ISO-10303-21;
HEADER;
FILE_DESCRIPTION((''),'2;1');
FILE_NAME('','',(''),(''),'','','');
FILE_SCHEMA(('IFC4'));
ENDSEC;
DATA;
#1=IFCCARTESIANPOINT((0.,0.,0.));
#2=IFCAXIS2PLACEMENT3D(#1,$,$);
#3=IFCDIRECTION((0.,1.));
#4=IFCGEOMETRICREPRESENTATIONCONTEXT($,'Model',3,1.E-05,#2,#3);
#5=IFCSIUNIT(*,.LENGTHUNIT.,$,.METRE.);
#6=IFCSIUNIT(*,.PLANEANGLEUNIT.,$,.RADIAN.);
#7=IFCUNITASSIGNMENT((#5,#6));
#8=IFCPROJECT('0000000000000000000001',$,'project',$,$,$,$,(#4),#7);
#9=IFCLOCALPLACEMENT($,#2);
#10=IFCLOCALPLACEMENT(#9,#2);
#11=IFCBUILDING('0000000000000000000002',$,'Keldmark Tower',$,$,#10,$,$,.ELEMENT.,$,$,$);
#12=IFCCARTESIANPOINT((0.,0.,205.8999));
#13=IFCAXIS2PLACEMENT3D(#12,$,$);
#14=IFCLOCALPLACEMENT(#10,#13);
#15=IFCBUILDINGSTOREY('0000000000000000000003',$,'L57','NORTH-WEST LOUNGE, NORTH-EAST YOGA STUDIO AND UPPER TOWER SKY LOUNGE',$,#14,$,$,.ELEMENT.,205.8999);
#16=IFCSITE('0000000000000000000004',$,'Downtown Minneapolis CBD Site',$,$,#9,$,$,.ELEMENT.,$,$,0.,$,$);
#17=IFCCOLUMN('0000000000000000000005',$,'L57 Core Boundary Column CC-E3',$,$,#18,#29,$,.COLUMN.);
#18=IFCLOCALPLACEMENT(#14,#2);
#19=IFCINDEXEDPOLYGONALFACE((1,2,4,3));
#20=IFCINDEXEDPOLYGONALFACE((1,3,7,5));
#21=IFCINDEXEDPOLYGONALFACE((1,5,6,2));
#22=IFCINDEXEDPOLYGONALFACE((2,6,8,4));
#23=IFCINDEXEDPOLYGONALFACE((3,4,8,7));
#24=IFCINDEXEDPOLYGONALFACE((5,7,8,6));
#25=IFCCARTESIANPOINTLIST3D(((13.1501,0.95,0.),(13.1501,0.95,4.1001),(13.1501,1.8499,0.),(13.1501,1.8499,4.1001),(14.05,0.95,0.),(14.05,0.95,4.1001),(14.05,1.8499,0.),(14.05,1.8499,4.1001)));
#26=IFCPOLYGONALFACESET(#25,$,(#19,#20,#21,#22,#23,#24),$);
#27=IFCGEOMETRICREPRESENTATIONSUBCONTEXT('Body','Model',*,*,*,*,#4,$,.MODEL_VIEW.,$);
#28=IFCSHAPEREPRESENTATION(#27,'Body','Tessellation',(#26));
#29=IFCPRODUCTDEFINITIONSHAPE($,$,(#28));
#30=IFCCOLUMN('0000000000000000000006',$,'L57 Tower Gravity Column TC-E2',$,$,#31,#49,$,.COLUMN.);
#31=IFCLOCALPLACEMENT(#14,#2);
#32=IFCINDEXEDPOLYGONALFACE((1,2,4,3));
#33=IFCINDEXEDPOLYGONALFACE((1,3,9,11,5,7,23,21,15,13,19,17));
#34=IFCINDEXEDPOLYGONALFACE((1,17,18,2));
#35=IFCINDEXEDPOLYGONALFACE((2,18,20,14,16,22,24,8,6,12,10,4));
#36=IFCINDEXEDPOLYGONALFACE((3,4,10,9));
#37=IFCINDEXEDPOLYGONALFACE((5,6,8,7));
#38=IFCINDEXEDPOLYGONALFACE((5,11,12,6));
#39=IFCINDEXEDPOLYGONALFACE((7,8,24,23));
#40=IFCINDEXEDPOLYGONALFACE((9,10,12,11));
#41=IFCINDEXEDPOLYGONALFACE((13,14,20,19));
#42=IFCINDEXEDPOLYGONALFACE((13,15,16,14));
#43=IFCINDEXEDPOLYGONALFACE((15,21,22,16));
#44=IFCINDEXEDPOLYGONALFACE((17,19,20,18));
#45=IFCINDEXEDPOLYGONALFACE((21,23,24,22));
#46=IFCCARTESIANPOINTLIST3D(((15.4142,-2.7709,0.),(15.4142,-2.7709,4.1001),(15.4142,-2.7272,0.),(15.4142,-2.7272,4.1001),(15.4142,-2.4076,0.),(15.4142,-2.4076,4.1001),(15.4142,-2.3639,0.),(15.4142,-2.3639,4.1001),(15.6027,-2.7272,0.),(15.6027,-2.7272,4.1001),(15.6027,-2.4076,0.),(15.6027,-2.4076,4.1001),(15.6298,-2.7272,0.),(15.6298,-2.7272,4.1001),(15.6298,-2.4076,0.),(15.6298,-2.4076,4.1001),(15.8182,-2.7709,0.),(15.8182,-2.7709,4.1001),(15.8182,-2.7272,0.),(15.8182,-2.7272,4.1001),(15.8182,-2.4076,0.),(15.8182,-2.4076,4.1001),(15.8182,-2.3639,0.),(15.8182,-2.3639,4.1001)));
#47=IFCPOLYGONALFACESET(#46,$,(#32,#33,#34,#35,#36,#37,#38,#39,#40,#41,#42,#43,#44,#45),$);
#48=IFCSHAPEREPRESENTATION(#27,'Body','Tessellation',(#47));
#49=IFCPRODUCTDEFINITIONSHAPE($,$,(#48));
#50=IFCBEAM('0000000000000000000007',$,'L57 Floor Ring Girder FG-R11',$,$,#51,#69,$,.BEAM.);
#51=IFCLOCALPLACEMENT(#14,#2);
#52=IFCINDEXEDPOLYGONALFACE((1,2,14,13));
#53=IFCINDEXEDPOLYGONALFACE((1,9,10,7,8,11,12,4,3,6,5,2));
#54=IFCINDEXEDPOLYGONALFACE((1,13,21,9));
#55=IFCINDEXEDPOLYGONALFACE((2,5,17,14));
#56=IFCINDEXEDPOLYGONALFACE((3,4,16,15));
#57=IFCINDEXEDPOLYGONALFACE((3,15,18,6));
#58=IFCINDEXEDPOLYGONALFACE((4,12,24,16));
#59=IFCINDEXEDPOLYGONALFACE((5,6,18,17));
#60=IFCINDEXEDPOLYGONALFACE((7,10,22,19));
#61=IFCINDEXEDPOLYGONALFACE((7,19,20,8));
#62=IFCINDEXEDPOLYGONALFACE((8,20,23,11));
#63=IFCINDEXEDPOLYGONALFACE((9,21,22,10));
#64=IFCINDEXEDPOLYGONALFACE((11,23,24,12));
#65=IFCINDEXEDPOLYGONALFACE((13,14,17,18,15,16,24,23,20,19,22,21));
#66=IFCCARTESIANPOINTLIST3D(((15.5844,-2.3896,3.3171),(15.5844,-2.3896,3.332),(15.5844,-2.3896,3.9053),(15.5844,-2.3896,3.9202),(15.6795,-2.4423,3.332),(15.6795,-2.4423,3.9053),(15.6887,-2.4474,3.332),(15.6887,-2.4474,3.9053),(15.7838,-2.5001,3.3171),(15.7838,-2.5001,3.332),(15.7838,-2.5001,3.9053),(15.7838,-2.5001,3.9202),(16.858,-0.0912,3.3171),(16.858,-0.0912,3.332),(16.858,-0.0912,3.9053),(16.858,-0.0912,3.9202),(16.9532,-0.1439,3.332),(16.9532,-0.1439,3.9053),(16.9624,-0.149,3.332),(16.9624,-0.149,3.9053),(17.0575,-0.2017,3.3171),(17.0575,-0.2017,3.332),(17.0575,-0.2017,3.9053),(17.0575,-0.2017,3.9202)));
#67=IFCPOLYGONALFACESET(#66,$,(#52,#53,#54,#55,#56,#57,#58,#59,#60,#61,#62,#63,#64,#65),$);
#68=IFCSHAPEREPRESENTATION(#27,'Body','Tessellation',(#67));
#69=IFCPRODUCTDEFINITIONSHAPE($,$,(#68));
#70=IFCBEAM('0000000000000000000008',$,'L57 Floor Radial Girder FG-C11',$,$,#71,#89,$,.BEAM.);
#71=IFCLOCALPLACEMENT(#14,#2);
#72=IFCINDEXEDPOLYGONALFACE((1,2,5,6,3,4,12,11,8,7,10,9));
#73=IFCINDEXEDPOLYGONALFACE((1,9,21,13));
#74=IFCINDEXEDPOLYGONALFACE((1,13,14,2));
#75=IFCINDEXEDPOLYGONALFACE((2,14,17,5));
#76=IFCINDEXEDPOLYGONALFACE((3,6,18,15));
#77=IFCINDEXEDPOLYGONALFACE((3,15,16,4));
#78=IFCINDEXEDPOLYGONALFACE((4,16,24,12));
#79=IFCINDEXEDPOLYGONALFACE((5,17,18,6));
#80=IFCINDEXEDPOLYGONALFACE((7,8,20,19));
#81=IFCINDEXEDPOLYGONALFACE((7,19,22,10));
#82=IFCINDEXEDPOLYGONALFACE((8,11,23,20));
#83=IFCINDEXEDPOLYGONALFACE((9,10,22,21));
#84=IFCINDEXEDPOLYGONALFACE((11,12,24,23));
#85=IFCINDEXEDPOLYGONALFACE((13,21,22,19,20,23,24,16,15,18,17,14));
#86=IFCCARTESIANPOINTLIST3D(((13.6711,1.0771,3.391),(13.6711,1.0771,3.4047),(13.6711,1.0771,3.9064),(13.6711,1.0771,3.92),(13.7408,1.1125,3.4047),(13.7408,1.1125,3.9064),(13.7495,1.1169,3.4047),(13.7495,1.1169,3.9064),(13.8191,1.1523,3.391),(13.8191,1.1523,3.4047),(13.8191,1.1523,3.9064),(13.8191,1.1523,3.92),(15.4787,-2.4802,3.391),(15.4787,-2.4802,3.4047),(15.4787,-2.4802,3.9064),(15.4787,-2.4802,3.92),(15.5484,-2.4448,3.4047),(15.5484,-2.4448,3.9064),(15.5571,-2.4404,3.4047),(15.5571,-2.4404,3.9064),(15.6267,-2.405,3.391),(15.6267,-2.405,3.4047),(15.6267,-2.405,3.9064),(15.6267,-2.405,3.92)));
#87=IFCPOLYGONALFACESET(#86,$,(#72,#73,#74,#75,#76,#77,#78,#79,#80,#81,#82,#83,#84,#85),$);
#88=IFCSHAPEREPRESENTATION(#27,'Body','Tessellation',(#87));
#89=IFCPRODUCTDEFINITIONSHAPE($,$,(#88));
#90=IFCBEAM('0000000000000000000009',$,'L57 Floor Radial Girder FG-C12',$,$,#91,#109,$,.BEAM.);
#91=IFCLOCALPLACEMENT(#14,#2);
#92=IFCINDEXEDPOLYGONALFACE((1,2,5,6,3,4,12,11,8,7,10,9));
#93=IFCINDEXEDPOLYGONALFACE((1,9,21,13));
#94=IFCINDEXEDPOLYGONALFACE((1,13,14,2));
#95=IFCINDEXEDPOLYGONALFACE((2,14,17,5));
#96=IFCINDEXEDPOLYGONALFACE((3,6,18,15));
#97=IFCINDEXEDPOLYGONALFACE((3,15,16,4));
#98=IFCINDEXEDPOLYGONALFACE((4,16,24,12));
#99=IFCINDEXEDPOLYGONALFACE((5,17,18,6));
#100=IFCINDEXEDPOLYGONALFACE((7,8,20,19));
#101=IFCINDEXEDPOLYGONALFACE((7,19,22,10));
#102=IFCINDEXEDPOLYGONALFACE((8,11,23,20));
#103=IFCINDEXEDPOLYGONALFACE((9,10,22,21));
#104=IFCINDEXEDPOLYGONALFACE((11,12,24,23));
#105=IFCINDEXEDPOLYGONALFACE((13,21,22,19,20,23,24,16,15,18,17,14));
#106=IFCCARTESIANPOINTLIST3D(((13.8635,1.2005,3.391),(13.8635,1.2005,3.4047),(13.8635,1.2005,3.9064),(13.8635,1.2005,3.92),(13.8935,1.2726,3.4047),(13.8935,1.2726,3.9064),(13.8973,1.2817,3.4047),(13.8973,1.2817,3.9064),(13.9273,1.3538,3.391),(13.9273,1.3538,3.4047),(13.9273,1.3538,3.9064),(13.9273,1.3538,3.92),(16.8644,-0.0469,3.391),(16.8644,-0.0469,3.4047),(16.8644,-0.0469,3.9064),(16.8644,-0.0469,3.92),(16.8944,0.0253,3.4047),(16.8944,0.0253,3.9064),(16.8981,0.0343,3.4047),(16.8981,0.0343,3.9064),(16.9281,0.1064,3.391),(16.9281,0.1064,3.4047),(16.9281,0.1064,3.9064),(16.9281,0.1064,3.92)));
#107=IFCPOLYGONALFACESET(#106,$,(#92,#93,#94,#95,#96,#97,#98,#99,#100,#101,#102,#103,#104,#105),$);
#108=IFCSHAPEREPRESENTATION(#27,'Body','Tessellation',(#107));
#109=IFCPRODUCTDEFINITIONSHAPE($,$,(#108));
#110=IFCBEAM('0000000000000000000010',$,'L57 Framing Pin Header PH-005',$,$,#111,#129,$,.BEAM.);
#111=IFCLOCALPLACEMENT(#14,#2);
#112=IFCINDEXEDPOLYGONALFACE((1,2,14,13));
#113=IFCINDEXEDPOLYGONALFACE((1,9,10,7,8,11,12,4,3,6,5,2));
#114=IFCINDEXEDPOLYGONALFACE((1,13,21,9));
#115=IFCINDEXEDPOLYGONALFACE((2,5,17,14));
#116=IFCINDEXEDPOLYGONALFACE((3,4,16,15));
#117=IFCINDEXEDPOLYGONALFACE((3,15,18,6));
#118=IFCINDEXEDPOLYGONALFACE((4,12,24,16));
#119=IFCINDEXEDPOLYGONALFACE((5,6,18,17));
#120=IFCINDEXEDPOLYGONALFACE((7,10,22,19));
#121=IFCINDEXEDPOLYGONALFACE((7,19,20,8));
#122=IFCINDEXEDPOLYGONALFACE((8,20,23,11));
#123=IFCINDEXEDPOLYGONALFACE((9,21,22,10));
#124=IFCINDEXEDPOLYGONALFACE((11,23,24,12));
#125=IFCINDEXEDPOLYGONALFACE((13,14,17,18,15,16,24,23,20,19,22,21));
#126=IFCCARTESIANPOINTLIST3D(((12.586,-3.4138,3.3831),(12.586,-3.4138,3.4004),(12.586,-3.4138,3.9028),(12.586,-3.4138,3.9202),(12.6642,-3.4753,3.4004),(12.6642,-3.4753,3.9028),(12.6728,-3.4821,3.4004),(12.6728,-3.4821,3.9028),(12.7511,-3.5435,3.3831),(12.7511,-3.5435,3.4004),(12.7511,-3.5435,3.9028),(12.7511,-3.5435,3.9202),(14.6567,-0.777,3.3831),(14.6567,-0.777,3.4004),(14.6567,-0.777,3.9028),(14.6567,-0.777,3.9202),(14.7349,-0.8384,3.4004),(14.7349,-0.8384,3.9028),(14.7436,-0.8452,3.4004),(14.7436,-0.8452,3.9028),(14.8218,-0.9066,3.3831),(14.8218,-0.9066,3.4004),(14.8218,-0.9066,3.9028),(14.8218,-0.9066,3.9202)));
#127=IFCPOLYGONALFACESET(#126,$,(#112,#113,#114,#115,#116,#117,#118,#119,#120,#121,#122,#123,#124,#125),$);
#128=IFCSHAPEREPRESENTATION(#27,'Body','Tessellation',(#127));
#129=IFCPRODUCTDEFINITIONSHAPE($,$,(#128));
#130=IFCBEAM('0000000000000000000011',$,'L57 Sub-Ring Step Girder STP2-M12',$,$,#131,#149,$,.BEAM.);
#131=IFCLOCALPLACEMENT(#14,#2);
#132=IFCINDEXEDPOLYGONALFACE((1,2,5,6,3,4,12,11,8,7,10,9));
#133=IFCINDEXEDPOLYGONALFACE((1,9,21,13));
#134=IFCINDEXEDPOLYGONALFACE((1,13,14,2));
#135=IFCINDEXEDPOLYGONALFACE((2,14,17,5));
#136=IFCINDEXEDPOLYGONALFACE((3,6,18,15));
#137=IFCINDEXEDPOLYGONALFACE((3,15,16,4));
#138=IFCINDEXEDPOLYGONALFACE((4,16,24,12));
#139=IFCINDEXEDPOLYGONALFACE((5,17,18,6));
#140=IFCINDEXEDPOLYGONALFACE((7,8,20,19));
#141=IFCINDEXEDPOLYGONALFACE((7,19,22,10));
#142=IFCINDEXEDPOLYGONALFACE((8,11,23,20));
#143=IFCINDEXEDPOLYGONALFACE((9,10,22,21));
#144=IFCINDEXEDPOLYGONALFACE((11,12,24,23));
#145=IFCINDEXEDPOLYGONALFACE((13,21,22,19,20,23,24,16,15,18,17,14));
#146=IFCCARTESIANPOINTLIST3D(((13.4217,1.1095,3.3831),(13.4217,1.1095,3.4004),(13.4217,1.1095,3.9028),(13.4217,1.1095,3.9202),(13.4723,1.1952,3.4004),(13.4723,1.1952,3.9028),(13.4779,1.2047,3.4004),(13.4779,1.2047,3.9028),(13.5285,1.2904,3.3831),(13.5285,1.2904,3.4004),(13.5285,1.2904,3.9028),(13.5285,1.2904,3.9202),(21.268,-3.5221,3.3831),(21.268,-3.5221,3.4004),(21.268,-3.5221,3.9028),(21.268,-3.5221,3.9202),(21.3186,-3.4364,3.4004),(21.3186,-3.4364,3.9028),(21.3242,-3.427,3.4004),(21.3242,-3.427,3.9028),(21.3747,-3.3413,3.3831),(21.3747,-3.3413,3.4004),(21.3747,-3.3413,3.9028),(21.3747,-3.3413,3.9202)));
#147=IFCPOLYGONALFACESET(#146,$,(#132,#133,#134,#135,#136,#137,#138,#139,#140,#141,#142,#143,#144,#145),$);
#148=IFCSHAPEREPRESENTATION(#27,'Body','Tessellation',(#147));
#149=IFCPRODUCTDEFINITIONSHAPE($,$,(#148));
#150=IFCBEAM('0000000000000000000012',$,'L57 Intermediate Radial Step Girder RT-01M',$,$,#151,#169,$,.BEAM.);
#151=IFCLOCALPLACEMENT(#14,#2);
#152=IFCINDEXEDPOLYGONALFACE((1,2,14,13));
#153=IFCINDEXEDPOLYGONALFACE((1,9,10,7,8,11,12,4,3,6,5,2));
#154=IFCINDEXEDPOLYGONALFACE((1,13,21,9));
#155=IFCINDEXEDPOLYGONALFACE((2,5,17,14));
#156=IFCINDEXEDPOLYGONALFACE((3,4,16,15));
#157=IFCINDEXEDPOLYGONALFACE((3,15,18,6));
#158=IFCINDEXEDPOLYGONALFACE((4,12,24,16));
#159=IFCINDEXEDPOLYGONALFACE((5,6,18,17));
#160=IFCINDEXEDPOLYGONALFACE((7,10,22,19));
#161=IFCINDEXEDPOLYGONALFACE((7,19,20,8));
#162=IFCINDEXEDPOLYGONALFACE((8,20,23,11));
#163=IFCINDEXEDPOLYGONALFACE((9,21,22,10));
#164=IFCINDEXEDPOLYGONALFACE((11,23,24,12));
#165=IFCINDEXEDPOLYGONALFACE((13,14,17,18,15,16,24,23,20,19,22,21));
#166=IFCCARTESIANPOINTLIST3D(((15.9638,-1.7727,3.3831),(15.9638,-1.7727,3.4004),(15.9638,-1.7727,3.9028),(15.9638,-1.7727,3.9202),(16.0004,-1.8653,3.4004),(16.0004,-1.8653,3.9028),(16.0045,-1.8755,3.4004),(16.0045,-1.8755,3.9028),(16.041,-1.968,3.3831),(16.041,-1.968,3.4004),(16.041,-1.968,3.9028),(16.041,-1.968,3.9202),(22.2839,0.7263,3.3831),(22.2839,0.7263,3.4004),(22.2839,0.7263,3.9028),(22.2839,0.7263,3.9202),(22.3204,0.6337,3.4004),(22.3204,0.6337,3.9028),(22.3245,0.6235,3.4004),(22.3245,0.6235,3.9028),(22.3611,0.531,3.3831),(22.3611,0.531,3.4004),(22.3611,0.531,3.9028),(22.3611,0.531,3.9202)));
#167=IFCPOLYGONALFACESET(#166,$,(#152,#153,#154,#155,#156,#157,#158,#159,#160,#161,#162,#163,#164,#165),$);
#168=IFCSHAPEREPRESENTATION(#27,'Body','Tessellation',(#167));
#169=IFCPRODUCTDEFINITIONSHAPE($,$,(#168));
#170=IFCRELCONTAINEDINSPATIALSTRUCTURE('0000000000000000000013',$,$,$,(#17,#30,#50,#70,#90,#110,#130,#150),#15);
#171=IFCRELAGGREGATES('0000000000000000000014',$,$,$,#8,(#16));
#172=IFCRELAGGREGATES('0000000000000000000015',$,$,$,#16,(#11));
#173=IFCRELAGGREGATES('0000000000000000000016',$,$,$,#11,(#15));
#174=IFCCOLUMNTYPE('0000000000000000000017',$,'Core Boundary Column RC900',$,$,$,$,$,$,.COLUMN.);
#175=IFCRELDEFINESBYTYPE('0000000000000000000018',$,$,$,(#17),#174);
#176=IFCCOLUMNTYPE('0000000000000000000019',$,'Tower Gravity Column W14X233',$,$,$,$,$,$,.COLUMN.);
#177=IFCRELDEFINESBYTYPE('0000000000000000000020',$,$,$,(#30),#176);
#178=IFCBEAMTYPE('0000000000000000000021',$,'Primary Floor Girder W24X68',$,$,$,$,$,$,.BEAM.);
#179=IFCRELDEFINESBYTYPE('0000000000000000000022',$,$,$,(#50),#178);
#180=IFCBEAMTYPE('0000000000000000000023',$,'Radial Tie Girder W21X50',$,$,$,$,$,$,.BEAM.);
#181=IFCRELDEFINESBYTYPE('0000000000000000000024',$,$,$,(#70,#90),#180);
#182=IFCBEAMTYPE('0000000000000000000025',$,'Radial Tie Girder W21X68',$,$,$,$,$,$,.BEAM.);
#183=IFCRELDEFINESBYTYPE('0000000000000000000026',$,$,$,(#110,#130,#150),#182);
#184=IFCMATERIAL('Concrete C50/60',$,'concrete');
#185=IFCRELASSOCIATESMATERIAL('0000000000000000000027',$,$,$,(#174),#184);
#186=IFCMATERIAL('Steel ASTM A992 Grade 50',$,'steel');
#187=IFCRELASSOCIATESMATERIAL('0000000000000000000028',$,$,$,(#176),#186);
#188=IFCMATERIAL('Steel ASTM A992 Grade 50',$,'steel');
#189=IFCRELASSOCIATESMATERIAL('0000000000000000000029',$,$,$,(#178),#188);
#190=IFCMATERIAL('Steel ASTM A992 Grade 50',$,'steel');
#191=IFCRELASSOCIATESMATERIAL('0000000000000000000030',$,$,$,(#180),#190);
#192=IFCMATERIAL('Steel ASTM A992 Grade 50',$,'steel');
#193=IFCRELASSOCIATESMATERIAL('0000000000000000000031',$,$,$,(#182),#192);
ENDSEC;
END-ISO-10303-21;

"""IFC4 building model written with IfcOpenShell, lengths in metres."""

from ifc_helpers import new_model, si_unit, direction, frame, origin, origin_2d, place, context, subcontext, project, spatial, rectangle, i_section, extrude, material, material_profile, profile_set, type_object, element, save


model = new_model("IFC4")

# Units and contexts
model_context = context("Model", 3, precision=1e-05, world=origin(), true_north=direction((0.0, 1.0)))
body_context = subcontext(model_context, "Body", "Model", "MODEL_VIEW")
ifc_project = project(units=[si_unit("LENGTHUNIT", "METRE"), si_unit("PLANEANGLEUNIT", "RADIAN")], contexts=[model_context])

# Site, building, storey
site_placement = place(None, origin())
site = spatial("IfcSite", under=ifc_project, at=site_placement, Name="Downtown Minneapolis CBD Site", CompositionType="ELEMENT", RefElevation=0.0)
building_placement = place(site_placement, origin())
building = spatial("IfcBuilding", under=site, at=building_placement, Name="Keldmark Tower", CompositionType="ELEMENT")
storey_placement = place(building_placement, frame((0.0, 0.0, 205.8999)))
storey = spatial("IfcBuildingStorey", under=building, at=storey_placement, Name="L57", Description="NORTH-WEST LOUNGE, NORTH-EAST YOGA STUDIO AND UPPER TOWER SKY LOUNGE", CompositionType="ELEMENT", Elevation=205.8999)

# Columns
ifc_material_1 = material(Name="Concrete C50/60", Category="concrete")
ifc_material_profile_1 = material_profile(ifc_material_1, rectangle(XDim=0.8999, YDim=0.8999, at=origin_2d()), Name="RC900X900")
ifc_profile_set_1 = profile_set([ifc_material_profile_1], Name="Concrete C50/60")
column_type_1 = type_object("IfcColumnType", Name="Core Boundary Column RC900", PredefinedType="COLUMN", material=ifc_profile_set_1)
column_1_placement = place(storey_placement, frame((13.6001, 1.3999, 0.0), z_axis=(0.0, 0.0, 1.0), x_axis=(1.0, 0.0, 0.0)))
element("IfcColumn", 1, at=column_1_placement, inside=storey, type_object=column_type_1, Name="L57 Core Boundary Column CC-E3", PredefinedType="COLUMN", context=body_context, shape_type="SweptSolid", body=[
    extrude(rectangle(XDim=0.8999, YDim=0.8999, at=origin_2d()), origin(), (0.0, 0.0, 1.0), 4.1001),
])
ifc_material_2 = material(Name="Steel ASTM A992 Grade 50", Category="steel")
ifc_material_profile_2 = material_profile(ifc_material_2, i_section(OverallWidth=0.4041, OverallDepth=0.407, WebThickness=0.0271, FlangeThickness=0.0437, at=origin_2d()), Name="W14X233")
ifc_profile_set_2 = profile_set([ifc_material_profile_2], Name="Steel ASTM A992 Grade 50")
column_type_2 = type_object("IfcColumnType", Name="Tower Gravity Column W14X233", PredefinedType="COLUMN", material=ifc_profile_set_2)
column_2_placement = place(storey_placement, frame((15.6162, -2.5674, 0.0), z_axis=(0.0, 0.0, 1.0), x_axis=(1.0, 0.0, 0.0)))
element("IfcColumn", 2, at=column_2_placement, inside=storey, type_object=column_type_2, Name="L57 Tower Gravity Column TC-E2", PredefinedType="COLUMN", context=body_context, shape_type="SweptSolid", body=[
    extrude(i_section(OverallWidth=0.4041, OverallDepth=0.407, WebThickness=0.0271, FlangeThickness=0.0437, at=origin_2d()), origin(), (0.0, 0.0, 1.0), 4.1001),
])

# Beams
ifc_material_3 = material(Name="Steel ASTM A992 Grade 50", Category="steel")
ifc_material_profile_3 = material_profile(ifc_material_3, i_section(OverallWidth=0.228, OverallDepth=0.603, WebThickness=0.0105, FlangeThickness=0.0149, at=origin_2d()), Name="W24X68")
ifc_profile_set_3 = profile_set([ifc_material_profile_3], Name="Steel ASTM A992 Grade 50")
beam_type_1 = type_object("IfcBeamType", Name="Primary Floor Girder W24X68", PredefinedType="BEAM", material=ifc_profile_set_3)
beam_1_placement = place(storey_placement, frame((15.6841, -2.4448, 3.6187), z_axis=(0.48472, 0.87467, 0.0), x_axis=(-0.87467, 0.48472, 0.0)))
element("IfcBeam", 3, at=beam_1_placement, inside=storey, type_object=beam_type_1, Name="L57 Floor Ring Girder FG-R11", PredefinedType="BEAM", context=body_context, shape_type="SweptSolid", body=[
    extrude(i_section(OverallWidth=0.228, OverallDepth=0.603, WebThickness=0.0105, FlangeThickness=0.0149, at=origin_2d()), origin(), (0.0, 0.0, 1.0), 2.6277),
])
ifc_material_4 = material(Name="Steel ASTM A992 Grade 50", Category="steel")
ifc_material_profile_4 = material_profile(ifc_material_4, i_section(OverallWidth=0.166, OverallDepth=0.5291, WebThickness=0.0098, FlangeThickness=0.0137, at=origin_2d()), Name="W21X50")
ifc_profile_set_4 = profile_set([ifc_material_profile_4], Name="Steel ASTM A992 Grade 50")
beam_type_2 = type_object("IfcBeamType", Name="Radial Tie Girder W21X50", PredefinedType="BEAM", material=ifc_profile_set_4)
beam_2_placement = place(storey_placement, frame((15.5527, -2.4426, 3.6555), z_axis=(-0.453004, 0.891508, 0.0), x_axis=(-0.891508, -0.453004, 0.0)))
element("IfcBeam", 4, at=beam_2_placement, inside=storey, type_object=beam_type_2, Name="L57 Floor Radial Girder FG-C11", PredefinedType="BEAM", context=body_context, shape_type="SweptSolid", body=[
    extrude(i_section(OverallWidth=0.166, OverallDepth=0.5291, WebThickness=0.0098, FlangeThickness=0.0137, at=origin_2d()), origin(), (0.0, 0.0, 1.0), 3.9902),
])
beam_3_placement = place(storey_placement, frame((16.8962, 0.0298, 3.6555), z_axis=(-0.923403, 0.383831, 0.0), x_axis=(-0.383831, -0.923403, 0.0)))
element("IfcBeam", 5, at=beam_3_placement, inside=storey, type_object=beam_type_2, Name="L57 Floor Radial Girder FG-C12", PredefinedType="BEAM", context=body_context, shape_type="SweptSolid", body=[
    extrude(i_section(OverallWidth=0.166, OverallDepth=0.5291, WebThickness=0.0098, FlangeThickness=0.0137, at=origin_2d()), origin(), (0.0, 0.0, 1.0), 3.2498),
])
ifc_material_5 = material(Name="Steel ASTM A992 Grade 50", Category="steel")
ifc_material_profile_5 = material_profile(ifc_material_5, i_section(OverallWidth=0.21, OverallDepth=0.5371, WebThickness=0.011, FlangeThickness=0.0173, at=origin_2d()), Name="W21X68")
ifc_profile_set_5 = profile_set([ifc_material_profile_5], Name="Steel ASTM A992 Grade 50")
beam_type_3 = type_object("IfcBeamType", Name="Radial Tie Girder W21X68", PredefinedType="BEAM", material=ifc_profile_set_5)
beam_4_placement = place(storey_placement, frame((14.7393, -0.8418, 3.6516), z_axis=(-0.617619, -0.786477, 0.0), x_axis=(0.786477, -0.617619, 0.0)))
element("IfcBeam", 6, at=beam_4_placement, inside=storey, type_object=beam_type_3, Name="L57 Framing Pin Header PH-005", PredefinedType="BEAM", context=body_context, shape_type="SweptSolid", body=[
    extrude(i_section(OverallWidth=0.21, OverallDepth=0.5371, WebThickness=0.011, FlangeThickness=0.0173, at=origin_2d()), origin(), (0.0, 0.0, 1.0), 3.3528),
])
beam_5_placement = place(storey_placement, frame((13.4751, 1.2, 3.6516), z_axis=(0.861157, -0.508339, 0.0), x_axis=(0.508339, 0.861157, 0.0)))
element("IfcBeam", 7, at=beam_5_placement, inside=storey, type_object=beam_type_3, Name="L57 Sub-Ring Step Girder STP2-M12", PredefinedType="BEAM", context=body_context, shape_type="SweptSolid", body=[
    extrude(i_section(OverallWidth=0.21, OverallDepth=0.5371, WebThickness=0.011, FlangeThickness=0.0173, at=origin_2d()), origin(), (0.0, 0.0, 1.0), 9.1113),
])
beam_6_placement = place(storey_placement, frame((16.0024, -1.8704, 3.6516), z_axis=(0.929941, 0.367709, 0.0), x_axis=(-0.367709, 0.929941, 0.0)))
element("IfcBeam", 8, at=beam_6_placement, inside=storey, type_object=beam_type_3, Name="L57 Intermediate Radial Step Girder RT-01M", PredefinedType="BEAM", context=body_context, shape_type="SweptSolid", body=[
    extrude(i_section(OverallWidth=0.21, OverallDepth=0.5371, WebThickness=0.011, FlangeThickness=0.0173, at=origin_2d()), origin(), (0.0, 0.0, 1.0), 6.7961),
])

save(model, "model.ifc")
